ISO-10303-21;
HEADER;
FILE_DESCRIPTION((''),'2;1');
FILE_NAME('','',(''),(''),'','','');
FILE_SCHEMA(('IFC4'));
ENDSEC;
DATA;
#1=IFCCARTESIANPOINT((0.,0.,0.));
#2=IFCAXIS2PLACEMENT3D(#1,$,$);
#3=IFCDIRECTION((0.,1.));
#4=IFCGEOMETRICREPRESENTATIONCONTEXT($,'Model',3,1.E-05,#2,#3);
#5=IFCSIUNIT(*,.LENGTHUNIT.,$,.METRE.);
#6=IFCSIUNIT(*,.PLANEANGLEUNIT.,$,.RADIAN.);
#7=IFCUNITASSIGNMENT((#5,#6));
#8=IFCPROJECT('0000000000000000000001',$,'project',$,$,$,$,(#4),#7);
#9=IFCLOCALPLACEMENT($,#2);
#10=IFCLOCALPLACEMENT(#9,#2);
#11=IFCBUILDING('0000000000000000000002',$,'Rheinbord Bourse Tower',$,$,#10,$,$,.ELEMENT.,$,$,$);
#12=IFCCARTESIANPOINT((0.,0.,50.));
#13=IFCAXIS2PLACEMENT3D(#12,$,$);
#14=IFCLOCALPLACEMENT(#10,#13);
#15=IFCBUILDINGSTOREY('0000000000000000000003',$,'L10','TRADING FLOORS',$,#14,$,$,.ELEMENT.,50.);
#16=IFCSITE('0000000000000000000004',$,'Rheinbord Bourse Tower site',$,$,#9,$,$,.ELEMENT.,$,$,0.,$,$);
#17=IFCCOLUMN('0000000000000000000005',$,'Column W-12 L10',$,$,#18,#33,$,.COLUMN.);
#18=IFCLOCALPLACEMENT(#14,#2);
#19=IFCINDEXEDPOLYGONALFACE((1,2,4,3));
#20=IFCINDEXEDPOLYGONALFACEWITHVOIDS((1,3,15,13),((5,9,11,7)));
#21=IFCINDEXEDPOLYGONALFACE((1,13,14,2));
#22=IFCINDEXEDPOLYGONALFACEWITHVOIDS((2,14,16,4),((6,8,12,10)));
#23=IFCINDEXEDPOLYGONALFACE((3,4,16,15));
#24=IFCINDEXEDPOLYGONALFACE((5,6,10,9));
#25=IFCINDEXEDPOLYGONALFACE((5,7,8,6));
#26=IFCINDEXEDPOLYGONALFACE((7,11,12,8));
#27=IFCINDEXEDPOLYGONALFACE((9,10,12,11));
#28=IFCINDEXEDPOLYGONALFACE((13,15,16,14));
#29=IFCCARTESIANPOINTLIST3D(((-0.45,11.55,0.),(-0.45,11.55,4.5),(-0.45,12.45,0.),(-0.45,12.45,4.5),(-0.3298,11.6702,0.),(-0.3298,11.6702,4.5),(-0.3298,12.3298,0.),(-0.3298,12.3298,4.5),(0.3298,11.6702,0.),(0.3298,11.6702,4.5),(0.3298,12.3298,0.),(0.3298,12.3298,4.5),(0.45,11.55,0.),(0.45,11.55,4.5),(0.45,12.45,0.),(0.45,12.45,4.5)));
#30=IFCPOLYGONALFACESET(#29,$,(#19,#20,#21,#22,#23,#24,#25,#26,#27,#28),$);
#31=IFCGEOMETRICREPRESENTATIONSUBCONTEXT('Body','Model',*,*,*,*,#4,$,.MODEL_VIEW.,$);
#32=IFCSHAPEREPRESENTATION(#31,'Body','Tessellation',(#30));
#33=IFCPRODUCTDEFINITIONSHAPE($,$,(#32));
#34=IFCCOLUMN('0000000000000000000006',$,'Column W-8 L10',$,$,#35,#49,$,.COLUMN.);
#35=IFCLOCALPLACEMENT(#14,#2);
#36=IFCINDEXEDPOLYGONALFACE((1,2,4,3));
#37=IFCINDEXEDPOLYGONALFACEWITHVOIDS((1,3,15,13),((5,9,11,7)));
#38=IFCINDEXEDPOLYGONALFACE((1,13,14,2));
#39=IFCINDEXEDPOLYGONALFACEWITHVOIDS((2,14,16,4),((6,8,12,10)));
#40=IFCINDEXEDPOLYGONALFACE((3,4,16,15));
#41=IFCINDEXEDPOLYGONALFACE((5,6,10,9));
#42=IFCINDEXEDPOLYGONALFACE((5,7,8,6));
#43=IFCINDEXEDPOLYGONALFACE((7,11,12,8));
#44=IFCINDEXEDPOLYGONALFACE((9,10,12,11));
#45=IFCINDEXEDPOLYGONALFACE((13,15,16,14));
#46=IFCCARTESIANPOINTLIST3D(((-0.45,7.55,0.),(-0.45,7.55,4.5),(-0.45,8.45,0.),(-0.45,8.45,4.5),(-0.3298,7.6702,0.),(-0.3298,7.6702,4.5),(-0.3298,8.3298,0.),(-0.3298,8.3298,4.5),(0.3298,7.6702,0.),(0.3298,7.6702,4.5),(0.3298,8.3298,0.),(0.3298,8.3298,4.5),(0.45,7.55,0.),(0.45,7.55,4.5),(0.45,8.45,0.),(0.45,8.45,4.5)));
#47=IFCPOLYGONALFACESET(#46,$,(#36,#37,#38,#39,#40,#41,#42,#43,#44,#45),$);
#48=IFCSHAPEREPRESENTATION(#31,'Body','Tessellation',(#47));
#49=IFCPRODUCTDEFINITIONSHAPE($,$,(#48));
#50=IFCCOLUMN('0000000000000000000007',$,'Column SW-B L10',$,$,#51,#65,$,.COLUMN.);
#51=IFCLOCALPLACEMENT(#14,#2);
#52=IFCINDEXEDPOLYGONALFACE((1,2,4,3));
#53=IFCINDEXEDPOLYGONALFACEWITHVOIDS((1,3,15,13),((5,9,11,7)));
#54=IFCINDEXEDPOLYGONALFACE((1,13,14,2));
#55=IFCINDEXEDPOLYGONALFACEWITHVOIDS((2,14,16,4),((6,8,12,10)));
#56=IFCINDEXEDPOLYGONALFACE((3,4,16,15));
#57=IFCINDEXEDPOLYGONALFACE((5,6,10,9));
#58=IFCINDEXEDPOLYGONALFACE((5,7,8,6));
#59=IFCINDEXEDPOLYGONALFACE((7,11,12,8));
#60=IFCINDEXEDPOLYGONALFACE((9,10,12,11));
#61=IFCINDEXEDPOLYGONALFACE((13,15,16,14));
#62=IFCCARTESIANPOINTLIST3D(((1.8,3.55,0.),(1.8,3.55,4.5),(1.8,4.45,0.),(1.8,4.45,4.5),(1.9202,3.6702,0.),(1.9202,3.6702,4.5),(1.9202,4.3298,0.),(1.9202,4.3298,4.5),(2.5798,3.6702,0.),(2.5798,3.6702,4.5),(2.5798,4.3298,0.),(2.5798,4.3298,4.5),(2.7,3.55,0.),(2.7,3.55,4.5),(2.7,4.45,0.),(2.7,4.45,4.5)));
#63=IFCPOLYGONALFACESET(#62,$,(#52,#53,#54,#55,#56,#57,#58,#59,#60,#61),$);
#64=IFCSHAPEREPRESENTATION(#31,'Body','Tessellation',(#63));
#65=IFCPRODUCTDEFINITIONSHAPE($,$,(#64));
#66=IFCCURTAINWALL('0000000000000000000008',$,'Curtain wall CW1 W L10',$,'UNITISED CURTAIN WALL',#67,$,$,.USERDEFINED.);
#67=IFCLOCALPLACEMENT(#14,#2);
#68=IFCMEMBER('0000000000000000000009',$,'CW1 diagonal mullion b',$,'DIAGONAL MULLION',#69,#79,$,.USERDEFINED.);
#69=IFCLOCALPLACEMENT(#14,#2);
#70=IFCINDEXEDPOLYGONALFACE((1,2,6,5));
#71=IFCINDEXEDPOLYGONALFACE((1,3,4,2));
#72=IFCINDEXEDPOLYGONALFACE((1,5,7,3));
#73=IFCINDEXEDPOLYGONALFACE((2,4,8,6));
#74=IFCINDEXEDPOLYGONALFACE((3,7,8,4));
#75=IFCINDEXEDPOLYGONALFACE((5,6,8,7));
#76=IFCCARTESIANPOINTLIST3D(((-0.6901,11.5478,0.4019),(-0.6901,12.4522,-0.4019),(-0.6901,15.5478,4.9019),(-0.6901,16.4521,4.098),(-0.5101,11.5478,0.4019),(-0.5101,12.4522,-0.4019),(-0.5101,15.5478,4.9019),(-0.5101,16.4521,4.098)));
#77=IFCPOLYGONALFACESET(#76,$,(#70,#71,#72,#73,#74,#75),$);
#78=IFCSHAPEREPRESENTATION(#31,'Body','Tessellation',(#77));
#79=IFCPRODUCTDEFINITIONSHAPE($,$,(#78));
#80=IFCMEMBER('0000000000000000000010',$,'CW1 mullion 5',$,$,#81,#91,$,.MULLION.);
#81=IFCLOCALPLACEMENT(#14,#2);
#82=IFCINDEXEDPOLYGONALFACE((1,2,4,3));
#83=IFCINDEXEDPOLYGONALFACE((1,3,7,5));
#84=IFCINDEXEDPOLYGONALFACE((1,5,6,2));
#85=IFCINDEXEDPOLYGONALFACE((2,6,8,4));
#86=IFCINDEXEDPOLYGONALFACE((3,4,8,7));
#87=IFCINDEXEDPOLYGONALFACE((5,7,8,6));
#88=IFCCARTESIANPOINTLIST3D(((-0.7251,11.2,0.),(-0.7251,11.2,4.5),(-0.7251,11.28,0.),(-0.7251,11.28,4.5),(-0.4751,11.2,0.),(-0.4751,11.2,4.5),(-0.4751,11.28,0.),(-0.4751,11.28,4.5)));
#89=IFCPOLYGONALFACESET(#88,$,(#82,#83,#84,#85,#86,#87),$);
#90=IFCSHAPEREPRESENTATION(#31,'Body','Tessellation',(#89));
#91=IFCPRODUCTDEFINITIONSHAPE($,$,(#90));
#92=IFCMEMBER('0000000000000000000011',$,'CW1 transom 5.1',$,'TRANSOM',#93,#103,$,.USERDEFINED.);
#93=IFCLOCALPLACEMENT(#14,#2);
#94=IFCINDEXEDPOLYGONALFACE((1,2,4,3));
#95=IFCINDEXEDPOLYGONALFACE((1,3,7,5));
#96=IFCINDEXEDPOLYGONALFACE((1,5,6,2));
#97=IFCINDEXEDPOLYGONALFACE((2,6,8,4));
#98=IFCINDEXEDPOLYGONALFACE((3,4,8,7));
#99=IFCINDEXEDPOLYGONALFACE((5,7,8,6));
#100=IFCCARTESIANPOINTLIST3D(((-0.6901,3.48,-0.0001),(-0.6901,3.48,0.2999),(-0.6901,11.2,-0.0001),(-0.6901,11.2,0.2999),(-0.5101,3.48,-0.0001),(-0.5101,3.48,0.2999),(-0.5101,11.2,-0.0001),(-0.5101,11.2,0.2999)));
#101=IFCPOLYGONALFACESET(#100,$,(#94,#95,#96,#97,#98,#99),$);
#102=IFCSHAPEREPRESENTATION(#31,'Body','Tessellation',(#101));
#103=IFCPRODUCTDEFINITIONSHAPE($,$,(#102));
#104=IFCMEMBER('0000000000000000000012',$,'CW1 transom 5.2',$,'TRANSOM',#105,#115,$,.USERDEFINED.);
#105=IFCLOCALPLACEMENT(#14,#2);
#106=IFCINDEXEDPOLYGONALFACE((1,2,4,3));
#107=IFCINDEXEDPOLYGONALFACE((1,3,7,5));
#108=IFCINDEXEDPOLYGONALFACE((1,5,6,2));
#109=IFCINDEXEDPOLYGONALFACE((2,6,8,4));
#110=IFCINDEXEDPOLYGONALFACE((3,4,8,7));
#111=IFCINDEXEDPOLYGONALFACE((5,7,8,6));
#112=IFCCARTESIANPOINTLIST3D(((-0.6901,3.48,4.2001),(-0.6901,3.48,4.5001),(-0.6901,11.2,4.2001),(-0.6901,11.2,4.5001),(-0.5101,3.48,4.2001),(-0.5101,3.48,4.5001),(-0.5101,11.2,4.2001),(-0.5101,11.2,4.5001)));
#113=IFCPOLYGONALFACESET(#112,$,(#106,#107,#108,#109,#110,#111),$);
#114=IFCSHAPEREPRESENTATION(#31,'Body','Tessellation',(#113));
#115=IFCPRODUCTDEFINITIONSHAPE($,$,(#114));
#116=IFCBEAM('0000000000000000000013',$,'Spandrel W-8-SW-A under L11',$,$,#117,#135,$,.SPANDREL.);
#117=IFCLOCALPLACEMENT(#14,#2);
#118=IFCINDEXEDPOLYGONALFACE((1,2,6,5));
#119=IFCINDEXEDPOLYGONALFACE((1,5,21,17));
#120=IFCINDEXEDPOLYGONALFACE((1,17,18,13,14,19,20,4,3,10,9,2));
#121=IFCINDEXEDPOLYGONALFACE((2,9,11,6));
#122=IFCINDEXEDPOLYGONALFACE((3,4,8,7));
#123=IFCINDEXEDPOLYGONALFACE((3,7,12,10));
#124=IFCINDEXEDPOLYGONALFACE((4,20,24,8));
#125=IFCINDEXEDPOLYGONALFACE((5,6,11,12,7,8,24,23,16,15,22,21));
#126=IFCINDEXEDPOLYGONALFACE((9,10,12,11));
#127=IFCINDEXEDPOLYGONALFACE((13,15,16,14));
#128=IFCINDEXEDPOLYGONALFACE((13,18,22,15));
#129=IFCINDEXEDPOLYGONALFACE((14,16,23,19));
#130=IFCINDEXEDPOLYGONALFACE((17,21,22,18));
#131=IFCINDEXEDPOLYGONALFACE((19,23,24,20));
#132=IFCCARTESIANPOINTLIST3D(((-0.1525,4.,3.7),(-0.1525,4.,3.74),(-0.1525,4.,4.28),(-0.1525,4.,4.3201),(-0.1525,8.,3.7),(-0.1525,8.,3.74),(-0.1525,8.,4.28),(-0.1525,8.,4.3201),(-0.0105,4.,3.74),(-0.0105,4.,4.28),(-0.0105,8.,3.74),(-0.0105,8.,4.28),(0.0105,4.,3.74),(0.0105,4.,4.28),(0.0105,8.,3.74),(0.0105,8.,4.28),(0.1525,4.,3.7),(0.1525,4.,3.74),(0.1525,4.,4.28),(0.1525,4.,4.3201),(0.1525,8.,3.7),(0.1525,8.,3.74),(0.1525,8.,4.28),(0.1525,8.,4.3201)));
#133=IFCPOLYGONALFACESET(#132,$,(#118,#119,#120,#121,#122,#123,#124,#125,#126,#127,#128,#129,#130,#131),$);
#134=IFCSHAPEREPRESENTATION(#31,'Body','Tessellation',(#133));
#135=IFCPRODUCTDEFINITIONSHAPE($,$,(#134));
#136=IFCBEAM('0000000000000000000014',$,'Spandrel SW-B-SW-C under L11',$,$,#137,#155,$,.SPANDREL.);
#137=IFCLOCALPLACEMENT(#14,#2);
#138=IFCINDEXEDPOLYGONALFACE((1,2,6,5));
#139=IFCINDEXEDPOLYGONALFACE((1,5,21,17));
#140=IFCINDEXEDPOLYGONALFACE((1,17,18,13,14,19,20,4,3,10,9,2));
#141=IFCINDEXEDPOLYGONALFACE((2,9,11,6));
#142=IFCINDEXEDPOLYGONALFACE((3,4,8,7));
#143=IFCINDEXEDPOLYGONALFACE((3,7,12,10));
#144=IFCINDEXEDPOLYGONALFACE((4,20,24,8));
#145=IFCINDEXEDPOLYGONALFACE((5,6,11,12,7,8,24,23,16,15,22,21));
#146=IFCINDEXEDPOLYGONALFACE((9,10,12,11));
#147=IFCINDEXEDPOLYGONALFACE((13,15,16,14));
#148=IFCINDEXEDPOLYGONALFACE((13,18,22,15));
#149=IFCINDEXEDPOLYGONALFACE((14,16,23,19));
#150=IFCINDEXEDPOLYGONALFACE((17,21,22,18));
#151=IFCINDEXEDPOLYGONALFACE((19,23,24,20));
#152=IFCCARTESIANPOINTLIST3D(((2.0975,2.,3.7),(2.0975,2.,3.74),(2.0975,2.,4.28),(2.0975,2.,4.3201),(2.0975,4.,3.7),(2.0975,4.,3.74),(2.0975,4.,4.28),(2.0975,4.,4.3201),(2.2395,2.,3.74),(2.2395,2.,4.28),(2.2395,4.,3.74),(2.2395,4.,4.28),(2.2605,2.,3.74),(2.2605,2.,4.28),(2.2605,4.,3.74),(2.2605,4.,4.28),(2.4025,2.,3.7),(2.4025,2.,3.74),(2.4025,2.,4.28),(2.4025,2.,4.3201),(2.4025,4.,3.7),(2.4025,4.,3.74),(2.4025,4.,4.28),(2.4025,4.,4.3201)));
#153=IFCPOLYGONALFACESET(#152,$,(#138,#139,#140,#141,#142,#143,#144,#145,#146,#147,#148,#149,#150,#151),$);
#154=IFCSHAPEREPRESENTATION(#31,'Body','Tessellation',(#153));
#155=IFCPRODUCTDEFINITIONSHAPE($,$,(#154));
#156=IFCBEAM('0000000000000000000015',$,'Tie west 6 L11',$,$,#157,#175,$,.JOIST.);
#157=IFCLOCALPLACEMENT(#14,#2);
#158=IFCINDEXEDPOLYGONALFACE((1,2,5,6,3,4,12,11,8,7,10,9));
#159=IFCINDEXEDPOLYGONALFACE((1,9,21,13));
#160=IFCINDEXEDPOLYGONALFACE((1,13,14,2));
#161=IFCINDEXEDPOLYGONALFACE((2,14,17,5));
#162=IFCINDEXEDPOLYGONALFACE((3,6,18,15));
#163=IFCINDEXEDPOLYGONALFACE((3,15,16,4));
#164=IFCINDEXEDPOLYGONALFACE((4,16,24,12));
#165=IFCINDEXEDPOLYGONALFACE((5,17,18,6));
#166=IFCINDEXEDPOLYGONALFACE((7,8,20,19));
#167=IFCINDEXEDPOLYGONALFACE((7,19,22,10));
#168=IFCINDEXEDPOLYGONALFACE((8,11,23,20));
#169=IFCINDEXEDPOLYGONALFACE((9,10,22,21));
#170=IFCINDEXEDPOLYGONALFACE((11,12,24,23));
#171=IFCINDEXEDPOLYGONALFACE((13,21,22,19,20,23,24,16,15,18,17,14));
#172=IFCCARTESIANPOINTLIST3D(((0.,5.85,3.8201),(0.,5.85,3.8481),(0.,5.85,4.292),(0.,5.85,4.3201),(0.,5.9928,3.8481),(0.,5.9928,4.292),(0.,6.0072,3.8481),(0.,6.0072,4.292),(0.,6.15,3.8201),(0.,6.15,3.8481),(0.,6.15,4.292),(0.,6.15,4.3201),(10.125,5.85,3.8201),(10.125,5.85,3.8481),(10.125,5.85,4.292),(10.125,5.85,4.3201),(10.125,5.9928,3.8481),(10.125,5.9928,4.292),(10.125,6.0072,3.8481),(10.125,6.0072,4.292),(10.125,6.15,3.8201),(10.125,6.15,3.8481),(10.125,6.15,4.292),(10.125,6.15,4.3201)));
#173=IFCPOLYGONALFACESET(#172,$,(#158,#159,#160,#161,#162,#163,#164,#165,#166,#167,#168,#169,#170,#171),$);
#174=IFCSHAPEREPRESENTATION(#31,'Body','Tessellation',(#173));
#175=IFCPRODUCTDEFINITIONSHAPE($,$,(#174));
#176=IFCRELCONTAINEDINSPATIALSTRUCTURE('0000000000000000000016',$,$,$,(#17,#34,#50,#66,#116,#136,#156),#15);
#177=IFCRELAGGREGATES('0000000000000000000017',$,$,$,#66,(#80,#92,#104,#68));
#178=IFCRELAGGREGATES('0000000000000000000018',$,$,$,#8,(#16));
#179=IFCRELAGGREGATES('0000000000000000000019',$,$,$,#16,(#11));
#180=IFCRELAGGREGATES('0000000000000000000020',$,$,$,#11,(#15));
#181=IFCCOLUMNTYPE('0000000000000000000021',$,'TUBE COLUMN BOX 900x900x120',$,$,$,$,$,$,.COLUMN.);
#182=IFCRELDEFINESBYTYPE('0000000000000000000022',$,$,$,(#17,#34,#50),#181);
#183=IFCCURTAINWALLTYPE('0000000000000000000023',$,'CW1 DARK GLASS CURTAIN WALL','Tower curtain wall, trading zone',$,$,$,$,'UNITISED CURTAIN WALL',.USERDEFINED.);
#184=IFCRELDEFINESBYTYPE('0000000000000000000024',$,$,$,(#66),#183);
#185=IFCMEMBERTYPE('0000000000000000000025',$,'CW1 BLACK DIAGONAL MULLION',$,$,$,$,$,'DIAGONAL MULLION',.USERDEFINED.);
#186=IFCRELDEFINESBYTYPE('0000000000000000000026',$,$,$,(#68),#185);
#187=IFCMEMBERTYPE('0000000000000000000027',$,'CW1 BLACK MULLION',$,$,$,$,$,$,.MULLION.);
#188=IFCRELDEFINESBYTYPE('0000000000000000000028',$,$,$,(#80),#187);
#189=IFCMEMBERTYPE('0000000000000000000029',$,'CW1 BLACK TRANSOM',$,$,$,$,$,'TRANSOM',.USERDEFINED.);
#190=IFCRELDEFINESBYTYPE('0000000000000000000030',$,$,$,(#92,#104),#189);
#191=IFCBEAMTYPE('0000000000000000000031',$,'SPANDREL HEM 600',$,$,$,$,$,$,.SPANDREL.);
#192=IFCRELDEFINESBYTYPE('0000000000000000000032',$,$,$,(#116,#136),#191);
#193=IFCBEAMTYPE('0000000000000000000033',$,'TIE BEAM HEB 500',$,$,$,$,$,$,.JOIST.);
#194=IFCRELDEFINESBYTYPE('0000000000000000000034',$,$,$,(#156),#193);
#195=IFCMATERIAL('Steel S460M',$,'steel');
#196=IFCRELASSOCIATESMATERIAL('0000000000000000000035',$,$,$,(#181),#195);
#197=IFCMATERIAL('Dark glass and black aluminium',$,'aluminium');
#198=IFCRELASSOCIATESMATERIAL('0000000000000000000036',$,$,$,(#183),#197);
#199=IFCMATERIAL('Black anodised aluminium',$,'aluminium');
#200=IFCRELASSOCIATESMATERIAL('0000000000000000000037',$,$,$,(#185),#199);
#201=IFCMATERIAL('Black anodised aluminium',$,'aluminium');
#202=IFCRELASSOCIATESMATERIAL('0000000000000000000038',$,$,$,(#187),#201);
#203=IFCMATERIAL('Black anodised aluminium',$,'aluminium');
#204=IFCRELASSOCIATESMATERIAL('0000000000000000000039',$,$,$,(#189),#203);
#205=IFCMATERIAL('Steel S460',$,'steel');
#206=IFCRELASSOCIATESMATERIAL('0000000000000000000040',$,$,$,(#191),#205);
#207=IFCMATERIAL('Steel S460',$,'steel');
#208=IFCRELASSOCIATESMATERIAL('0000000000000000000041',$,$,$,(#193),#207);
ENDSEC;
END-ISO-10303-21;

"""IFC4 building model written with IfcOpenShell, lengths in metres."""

from ifc_helpers import new_model, si_unit, direction, frame, origin, origin_2d, place, context, subcontext, project, spatial, rectangle, hollow_rectangle, i_section, extrude, material, material_profile, profile_set, type_object, element, aggregate, save


model = new_model("IFC4")

# Units and contexts
model_context = context("Model", 3, precision=1e-05, world=origin(), true_north=direction((0.0, 1.0)))
body_context = subcontext(model_context, "Body", "Model", "MODEL_VIEW")
ifc_project = project(units=[si_unit("LENGTHUNIT", "METRE"), si_unit("PLANEANGLEUNIT", "RADIAN")], contexts=[model_context])

# Site, building, storey
site_placement = place(None, origin())
site = spatial("IfcSite", under=ifc_project, at=site_placement, Name="Rheinbord Bourse Tower site", CompositionType="ELEMENT", RefElevation=0.0)
building_placement = place(site_placement, origin())
building = spatial("IfcBuilding", under=site, at=building_placement, Name="Rheinbord Bourse Tower", CompositionType="ELEMENT")
storey_placement = place(building_placement, frame((0.0, 0.0, 50.0)))
storey = spatial("IfcBuildingStorey", under=building, at=storey_placement, Name="L10", Description="TRADING FLOORS", CompositionType="ELEMENT", Elevation=50.0)

# Columns
ifc_material_1 = material(Name="Steel S460M", Category="steel")
ifc_material_profile_1 = material_profile(ifc_material_1, hollow_rectangle(XDim=0.8999, YDim=0.8999, WallThickness=0.1201, at=origin_2d()), Name="BOX 900x900x120")
ifc_profile_set_1 = profile_set([ifc_material_profile_1], Name="Steel S460M")
column_type = type_object("IfcColumnType", Name="TUBE COLUMN BOX 900x900x120", PredefinedType="COLUMN", material=ifc_profile_set_1)
for number, where, z_axis, x_axis, name in (
    (1, (0.0, 12.0, 0.0), (0.0, 0.0, 1.0), (1.0, 0.0, 0.0), "Column W-12 L10"),
    (2, (0.0, 8.0, 0.0), (0.0, 0.0, 1.0), (1.0, 0.0, 0.0), "Column W-8 L10"),
    (3, (2.25, 4.0, 0.0), (0.0, 0.0, 1.0), (1.0, 0.0, 0.0), "Column SW-B L10"),
):
    element("IfcColumn", number, at=place(storey_placement, frame(where, z_axis=z_axis, x_axis=x_axis)), inside=storey, type_object=column_type, Name=name, PredefinedType="COLUMN", context=body_context, shape_type="SweptSolid", body=[
        extrude(hollow_rectangle(XDim=0.8999, YDim=0.8999, WallThickness=0.1201, at=origin_2d()), origin(), (0.0, 0.0, 1.0), 4.5),
    ])

# Curtain wall, members
ifc_material_2 = material(Name="Dark glass and black aluminium", Category="aluminium")
curtain_wall_type = type_object("IfcCurtainWallType", Name="CW1 DARK GLASS CURTAIN WALL", Description="Tower curtain wall, trading zone", ElementType="UNITISED CURTAIN WALL", PredefinedType="USERDEFINED", material=ifc_material_2)
curtain_wall_placement = place(storey_placement, origin())
curtain_wall = element("IfcCurtainWall", 4, at=curtain_wall_placement, inside=storey, type_object=curtain_wall_type, Name="Curtain wall CW1 W L10", ObjectType="UNITISED CURTAIN WALL", PredefinedType="USERDEFINED")
ifc_material_3 = material(Name="Black anodised aluminium", Category="aluminium")
ifc_material_profile_2 = material_profile(ifc_material_3, rectangle(XDim=0.1799, YDim=1.21, at=origin_2d()), Name="CW1 DIAGONAL MULLION 1210x180")
ifc_profile_set_2 = profile_set([ifc_material_profile_2], Name="Black anodised aluminium")
member_type_1 = type_object("IfcMemberType", Name="CW1 BLACK DIAGONAL MULLION", ElementType="DIAGONAL MULLION", PredefinedType="USERDEFINED", material=ifc_profile_set_2)
member_1_placement = place(storey_placement, frame((-0.6001, 12.0, 0.0), z_axis=(0.0, 0.664364, 0.747409), x_axis=(-1.0, 0.0, 0.0)))
member_1 = element("IfcMember", 5, at=member_1_placement, type_object=member_type_1, Name="CW1 diagonal mullion b", ObjectType="DIAGONAL MULLION", PredefinedType="USERDEFINED", context=body_context, shape_type="SweptSolid", body=[
    extrude(rectangle(XDim=0.1799, YDim=1.21, at=origin_2d()), origin(), (0.0, 0.0, 1.0), 6.0208),
])
ifc_material_4 = material(Name="Black anodised aluminium", Category="aluminium")
ifc_material_profile_3 = material_profile(ifc_material_4, rectangle(XDim=0.25, YDim=0.0801, at=origin_2d()), Name="CW1 MULLION 80x250")
ifc_profile_set_3 = profile_set([ifc_material_profile_3], Name="Black anodised aluminium")
member_type_2 = type_object("IfcMemberType", Name="CW1 BLACK MULLION", PredefinedType="MULLION", material=ifc_profile_set_3)
member_2_placement = place(storey_placement, frame((-0.6001, 11.24, 0.0), z_axis=(0.0, 0.0, 1.0), x_axis=(1.0, 0.0, 0.0)))
member_2 = element("IfcMember", 6, at=member_2_placement, type_object=member_type_2, Name="CW1 mullion 5", PredefinedType="MULLION", context=body_context, shape_type="SweptSolid", body=[
    extrude(rectangle(XDim=0.25, YDim=0.0801, at=origin_2d()), origin(), (0.0, 0.0, 1.0), 4.5),
])
ifc_material_5 = material(Name="Black anodised aluminium", Category="aluminium")
ifc_material_profile_4 = material_profile(ifc_material_5, rectangle(XDim=0.1799, YDim=0.3, at=origin_2d()), Name="CW1 TRANSOM 300x180")
ifc_profile_set_4 = profile_set([ifc_material_profile_4], Name="Black anodised aluminium")
member_type_3 = type_object("IfcMemberType", Name="CW1 BLACK TRANSOM", ElementType="TRANSOM", PredefinedType="USERDEFINED", material=ifc_profile_set_4)
member_3_placement = place(storey_placement, frame((-0.6001, 11.2, 0.1499), z_axis=(0.0, -1.0, 0.0), x_axis=(1.0, 0.0, 0.0)))
member_3 = element("IfcMember", 7, at=member_3_placement, type_object=member_type_3, Name="CW1 transom 5.1", ObjectType="TRANSOM", PredefinedType="USERDEFINED", context=body_context, shape_type="SweptSolid", body=[
    extrude(rectangle(XDim=0.1799, YDim=0.3, at=origin_2d()), origin(), (0.0, 0.0, 1.0), 7.72),
])
member_4_placement = place(storey_placement, frame((-0.6001, 11.2, 4.3501), z_axis=(0.0, -1.0, 0.0), x_axis=(1.0, 0.0, 0.0)))
member_4 = element("IfcMember", 8, at=member_4_placement, type_object=member_type_3, Name="CW1 transom 5.2", ObjectType="TRANSOM", PredefinedType="USERDEFINED", context=body_context, shape_type="SweptSolid", body=[
    extrude(rectangle(XDim=0.1799, YDim=0.3, at=origin_2d()), origin(), (0.0, 0.0, 1.0), 7.72),
])

# Beams
ifc_material_6 = material(Name="Steel S460", Category="steel")
ifc_material_profile_5 = material_profile(ifc_material_6, i_section(OverallWidth=0.3049, OverallDepth=0.6201, WebThickness=0.021, FlangeThickness=0.04, at=origin_2d()), Name="HEM 600")
ifc_profile_set_5 = profile_set([ifc_material_profile_5], Name="Steel S460")
beam_type_1 = type_object("IfcBeamType", Name="SPANDREL HEM 600", PredefinedType="SPANDREL", material=ifc_profile_set_5)
beam_1_placement = place(storey_placement, frame((0.0, 8.0, 4.01), z_axis=(0.0, -1.0, 0.0), x_axis=(1.0, 0.0, 0.0)))
element("IfcBeam", 9, at=beam_1_placement, inside=storey, type_object=beam_type_1, Name="Spandrel W-8-SW-A under L11", PredefinedType="SPANDREL", context=body_context, shape_type="SweptSolid", body=[
    extrude(i_section(OverallWidth=0.3049, OverallDepth=0.6201, WebThickness=0.021, FlangeThickness=0.04, at=origin_2d()), origin(), (0.0, 0.0, 1.0), 4.0),
])
beam_2_placement = place(storey_placement, frame((2.25, 4.0, 4.01), z_axis=(0.0, -1.0, 0.0), x_axis=(1.0, 0.0, 0.0)))
element("IfcBeam", 10, at=beam_2_placement, inside=storey, type_object=beam_type_1, Name="Spandrel SW-B-SW-C under L11", PredefinedType="SPANDREL", context=body_context, shape_type="SweptSolid", body=[
    extrude(i_section(OverallWidth=0.3049, OverallDepth=0.6201, WebThickness=0.021, FlangeThickness=0.04, at=origin_2d()), origin(), (0.0, 0.0, 1.0), 2.0),
])
ifc_material_7 = material(Name="Steel S460", Category="steel")
ifc_material_profile_6 = material_profile(ifc_material_7, i_section(OverallWidth=0.3, OverallDepth=0.5, WebThickness=0.0144, FlangeThickness=0.0281, at=origin_2d()), Name="HEB 500")
ifc_profile_set_6 = profile_set([ifc_material_profile_6], Name="Steel S460")
beam_type_2 = type_object("IfcBeamType", Name="TIE BEAM HEB 500", PredefinedType="JOIST", material=ifc_profile_set_6)
for number, where, z_axis, x_axis, name in (
    (11, (0.0, 6.0, 4.0701), (1.0, 0.0, 0.0), (0.0, 1.0, 0.0), "Tie west 6 L11"),
):
    element("IfcBeam", number, at=place(storey_placement, frame(where, z_axis=z_axis, x_axis=x_axis)), inside=storey, type_object=beam_type_2, Name=name, PredefinedType="JOIST", context=body_context, shape_type="SweptSolid", body=[
        extrude(i_section(OverallWidth=0.3, OverallDepth=0.5, WebThickness=0.0144, FlangeThickness=0.0281, at=origin_2d()), origin(), (0.0, 0.0, 1.0), 10.125),
    ])

aggregate(curtain_wall, [member_2, member_3, member_4, member_1])

save(model, "model.ifc")
